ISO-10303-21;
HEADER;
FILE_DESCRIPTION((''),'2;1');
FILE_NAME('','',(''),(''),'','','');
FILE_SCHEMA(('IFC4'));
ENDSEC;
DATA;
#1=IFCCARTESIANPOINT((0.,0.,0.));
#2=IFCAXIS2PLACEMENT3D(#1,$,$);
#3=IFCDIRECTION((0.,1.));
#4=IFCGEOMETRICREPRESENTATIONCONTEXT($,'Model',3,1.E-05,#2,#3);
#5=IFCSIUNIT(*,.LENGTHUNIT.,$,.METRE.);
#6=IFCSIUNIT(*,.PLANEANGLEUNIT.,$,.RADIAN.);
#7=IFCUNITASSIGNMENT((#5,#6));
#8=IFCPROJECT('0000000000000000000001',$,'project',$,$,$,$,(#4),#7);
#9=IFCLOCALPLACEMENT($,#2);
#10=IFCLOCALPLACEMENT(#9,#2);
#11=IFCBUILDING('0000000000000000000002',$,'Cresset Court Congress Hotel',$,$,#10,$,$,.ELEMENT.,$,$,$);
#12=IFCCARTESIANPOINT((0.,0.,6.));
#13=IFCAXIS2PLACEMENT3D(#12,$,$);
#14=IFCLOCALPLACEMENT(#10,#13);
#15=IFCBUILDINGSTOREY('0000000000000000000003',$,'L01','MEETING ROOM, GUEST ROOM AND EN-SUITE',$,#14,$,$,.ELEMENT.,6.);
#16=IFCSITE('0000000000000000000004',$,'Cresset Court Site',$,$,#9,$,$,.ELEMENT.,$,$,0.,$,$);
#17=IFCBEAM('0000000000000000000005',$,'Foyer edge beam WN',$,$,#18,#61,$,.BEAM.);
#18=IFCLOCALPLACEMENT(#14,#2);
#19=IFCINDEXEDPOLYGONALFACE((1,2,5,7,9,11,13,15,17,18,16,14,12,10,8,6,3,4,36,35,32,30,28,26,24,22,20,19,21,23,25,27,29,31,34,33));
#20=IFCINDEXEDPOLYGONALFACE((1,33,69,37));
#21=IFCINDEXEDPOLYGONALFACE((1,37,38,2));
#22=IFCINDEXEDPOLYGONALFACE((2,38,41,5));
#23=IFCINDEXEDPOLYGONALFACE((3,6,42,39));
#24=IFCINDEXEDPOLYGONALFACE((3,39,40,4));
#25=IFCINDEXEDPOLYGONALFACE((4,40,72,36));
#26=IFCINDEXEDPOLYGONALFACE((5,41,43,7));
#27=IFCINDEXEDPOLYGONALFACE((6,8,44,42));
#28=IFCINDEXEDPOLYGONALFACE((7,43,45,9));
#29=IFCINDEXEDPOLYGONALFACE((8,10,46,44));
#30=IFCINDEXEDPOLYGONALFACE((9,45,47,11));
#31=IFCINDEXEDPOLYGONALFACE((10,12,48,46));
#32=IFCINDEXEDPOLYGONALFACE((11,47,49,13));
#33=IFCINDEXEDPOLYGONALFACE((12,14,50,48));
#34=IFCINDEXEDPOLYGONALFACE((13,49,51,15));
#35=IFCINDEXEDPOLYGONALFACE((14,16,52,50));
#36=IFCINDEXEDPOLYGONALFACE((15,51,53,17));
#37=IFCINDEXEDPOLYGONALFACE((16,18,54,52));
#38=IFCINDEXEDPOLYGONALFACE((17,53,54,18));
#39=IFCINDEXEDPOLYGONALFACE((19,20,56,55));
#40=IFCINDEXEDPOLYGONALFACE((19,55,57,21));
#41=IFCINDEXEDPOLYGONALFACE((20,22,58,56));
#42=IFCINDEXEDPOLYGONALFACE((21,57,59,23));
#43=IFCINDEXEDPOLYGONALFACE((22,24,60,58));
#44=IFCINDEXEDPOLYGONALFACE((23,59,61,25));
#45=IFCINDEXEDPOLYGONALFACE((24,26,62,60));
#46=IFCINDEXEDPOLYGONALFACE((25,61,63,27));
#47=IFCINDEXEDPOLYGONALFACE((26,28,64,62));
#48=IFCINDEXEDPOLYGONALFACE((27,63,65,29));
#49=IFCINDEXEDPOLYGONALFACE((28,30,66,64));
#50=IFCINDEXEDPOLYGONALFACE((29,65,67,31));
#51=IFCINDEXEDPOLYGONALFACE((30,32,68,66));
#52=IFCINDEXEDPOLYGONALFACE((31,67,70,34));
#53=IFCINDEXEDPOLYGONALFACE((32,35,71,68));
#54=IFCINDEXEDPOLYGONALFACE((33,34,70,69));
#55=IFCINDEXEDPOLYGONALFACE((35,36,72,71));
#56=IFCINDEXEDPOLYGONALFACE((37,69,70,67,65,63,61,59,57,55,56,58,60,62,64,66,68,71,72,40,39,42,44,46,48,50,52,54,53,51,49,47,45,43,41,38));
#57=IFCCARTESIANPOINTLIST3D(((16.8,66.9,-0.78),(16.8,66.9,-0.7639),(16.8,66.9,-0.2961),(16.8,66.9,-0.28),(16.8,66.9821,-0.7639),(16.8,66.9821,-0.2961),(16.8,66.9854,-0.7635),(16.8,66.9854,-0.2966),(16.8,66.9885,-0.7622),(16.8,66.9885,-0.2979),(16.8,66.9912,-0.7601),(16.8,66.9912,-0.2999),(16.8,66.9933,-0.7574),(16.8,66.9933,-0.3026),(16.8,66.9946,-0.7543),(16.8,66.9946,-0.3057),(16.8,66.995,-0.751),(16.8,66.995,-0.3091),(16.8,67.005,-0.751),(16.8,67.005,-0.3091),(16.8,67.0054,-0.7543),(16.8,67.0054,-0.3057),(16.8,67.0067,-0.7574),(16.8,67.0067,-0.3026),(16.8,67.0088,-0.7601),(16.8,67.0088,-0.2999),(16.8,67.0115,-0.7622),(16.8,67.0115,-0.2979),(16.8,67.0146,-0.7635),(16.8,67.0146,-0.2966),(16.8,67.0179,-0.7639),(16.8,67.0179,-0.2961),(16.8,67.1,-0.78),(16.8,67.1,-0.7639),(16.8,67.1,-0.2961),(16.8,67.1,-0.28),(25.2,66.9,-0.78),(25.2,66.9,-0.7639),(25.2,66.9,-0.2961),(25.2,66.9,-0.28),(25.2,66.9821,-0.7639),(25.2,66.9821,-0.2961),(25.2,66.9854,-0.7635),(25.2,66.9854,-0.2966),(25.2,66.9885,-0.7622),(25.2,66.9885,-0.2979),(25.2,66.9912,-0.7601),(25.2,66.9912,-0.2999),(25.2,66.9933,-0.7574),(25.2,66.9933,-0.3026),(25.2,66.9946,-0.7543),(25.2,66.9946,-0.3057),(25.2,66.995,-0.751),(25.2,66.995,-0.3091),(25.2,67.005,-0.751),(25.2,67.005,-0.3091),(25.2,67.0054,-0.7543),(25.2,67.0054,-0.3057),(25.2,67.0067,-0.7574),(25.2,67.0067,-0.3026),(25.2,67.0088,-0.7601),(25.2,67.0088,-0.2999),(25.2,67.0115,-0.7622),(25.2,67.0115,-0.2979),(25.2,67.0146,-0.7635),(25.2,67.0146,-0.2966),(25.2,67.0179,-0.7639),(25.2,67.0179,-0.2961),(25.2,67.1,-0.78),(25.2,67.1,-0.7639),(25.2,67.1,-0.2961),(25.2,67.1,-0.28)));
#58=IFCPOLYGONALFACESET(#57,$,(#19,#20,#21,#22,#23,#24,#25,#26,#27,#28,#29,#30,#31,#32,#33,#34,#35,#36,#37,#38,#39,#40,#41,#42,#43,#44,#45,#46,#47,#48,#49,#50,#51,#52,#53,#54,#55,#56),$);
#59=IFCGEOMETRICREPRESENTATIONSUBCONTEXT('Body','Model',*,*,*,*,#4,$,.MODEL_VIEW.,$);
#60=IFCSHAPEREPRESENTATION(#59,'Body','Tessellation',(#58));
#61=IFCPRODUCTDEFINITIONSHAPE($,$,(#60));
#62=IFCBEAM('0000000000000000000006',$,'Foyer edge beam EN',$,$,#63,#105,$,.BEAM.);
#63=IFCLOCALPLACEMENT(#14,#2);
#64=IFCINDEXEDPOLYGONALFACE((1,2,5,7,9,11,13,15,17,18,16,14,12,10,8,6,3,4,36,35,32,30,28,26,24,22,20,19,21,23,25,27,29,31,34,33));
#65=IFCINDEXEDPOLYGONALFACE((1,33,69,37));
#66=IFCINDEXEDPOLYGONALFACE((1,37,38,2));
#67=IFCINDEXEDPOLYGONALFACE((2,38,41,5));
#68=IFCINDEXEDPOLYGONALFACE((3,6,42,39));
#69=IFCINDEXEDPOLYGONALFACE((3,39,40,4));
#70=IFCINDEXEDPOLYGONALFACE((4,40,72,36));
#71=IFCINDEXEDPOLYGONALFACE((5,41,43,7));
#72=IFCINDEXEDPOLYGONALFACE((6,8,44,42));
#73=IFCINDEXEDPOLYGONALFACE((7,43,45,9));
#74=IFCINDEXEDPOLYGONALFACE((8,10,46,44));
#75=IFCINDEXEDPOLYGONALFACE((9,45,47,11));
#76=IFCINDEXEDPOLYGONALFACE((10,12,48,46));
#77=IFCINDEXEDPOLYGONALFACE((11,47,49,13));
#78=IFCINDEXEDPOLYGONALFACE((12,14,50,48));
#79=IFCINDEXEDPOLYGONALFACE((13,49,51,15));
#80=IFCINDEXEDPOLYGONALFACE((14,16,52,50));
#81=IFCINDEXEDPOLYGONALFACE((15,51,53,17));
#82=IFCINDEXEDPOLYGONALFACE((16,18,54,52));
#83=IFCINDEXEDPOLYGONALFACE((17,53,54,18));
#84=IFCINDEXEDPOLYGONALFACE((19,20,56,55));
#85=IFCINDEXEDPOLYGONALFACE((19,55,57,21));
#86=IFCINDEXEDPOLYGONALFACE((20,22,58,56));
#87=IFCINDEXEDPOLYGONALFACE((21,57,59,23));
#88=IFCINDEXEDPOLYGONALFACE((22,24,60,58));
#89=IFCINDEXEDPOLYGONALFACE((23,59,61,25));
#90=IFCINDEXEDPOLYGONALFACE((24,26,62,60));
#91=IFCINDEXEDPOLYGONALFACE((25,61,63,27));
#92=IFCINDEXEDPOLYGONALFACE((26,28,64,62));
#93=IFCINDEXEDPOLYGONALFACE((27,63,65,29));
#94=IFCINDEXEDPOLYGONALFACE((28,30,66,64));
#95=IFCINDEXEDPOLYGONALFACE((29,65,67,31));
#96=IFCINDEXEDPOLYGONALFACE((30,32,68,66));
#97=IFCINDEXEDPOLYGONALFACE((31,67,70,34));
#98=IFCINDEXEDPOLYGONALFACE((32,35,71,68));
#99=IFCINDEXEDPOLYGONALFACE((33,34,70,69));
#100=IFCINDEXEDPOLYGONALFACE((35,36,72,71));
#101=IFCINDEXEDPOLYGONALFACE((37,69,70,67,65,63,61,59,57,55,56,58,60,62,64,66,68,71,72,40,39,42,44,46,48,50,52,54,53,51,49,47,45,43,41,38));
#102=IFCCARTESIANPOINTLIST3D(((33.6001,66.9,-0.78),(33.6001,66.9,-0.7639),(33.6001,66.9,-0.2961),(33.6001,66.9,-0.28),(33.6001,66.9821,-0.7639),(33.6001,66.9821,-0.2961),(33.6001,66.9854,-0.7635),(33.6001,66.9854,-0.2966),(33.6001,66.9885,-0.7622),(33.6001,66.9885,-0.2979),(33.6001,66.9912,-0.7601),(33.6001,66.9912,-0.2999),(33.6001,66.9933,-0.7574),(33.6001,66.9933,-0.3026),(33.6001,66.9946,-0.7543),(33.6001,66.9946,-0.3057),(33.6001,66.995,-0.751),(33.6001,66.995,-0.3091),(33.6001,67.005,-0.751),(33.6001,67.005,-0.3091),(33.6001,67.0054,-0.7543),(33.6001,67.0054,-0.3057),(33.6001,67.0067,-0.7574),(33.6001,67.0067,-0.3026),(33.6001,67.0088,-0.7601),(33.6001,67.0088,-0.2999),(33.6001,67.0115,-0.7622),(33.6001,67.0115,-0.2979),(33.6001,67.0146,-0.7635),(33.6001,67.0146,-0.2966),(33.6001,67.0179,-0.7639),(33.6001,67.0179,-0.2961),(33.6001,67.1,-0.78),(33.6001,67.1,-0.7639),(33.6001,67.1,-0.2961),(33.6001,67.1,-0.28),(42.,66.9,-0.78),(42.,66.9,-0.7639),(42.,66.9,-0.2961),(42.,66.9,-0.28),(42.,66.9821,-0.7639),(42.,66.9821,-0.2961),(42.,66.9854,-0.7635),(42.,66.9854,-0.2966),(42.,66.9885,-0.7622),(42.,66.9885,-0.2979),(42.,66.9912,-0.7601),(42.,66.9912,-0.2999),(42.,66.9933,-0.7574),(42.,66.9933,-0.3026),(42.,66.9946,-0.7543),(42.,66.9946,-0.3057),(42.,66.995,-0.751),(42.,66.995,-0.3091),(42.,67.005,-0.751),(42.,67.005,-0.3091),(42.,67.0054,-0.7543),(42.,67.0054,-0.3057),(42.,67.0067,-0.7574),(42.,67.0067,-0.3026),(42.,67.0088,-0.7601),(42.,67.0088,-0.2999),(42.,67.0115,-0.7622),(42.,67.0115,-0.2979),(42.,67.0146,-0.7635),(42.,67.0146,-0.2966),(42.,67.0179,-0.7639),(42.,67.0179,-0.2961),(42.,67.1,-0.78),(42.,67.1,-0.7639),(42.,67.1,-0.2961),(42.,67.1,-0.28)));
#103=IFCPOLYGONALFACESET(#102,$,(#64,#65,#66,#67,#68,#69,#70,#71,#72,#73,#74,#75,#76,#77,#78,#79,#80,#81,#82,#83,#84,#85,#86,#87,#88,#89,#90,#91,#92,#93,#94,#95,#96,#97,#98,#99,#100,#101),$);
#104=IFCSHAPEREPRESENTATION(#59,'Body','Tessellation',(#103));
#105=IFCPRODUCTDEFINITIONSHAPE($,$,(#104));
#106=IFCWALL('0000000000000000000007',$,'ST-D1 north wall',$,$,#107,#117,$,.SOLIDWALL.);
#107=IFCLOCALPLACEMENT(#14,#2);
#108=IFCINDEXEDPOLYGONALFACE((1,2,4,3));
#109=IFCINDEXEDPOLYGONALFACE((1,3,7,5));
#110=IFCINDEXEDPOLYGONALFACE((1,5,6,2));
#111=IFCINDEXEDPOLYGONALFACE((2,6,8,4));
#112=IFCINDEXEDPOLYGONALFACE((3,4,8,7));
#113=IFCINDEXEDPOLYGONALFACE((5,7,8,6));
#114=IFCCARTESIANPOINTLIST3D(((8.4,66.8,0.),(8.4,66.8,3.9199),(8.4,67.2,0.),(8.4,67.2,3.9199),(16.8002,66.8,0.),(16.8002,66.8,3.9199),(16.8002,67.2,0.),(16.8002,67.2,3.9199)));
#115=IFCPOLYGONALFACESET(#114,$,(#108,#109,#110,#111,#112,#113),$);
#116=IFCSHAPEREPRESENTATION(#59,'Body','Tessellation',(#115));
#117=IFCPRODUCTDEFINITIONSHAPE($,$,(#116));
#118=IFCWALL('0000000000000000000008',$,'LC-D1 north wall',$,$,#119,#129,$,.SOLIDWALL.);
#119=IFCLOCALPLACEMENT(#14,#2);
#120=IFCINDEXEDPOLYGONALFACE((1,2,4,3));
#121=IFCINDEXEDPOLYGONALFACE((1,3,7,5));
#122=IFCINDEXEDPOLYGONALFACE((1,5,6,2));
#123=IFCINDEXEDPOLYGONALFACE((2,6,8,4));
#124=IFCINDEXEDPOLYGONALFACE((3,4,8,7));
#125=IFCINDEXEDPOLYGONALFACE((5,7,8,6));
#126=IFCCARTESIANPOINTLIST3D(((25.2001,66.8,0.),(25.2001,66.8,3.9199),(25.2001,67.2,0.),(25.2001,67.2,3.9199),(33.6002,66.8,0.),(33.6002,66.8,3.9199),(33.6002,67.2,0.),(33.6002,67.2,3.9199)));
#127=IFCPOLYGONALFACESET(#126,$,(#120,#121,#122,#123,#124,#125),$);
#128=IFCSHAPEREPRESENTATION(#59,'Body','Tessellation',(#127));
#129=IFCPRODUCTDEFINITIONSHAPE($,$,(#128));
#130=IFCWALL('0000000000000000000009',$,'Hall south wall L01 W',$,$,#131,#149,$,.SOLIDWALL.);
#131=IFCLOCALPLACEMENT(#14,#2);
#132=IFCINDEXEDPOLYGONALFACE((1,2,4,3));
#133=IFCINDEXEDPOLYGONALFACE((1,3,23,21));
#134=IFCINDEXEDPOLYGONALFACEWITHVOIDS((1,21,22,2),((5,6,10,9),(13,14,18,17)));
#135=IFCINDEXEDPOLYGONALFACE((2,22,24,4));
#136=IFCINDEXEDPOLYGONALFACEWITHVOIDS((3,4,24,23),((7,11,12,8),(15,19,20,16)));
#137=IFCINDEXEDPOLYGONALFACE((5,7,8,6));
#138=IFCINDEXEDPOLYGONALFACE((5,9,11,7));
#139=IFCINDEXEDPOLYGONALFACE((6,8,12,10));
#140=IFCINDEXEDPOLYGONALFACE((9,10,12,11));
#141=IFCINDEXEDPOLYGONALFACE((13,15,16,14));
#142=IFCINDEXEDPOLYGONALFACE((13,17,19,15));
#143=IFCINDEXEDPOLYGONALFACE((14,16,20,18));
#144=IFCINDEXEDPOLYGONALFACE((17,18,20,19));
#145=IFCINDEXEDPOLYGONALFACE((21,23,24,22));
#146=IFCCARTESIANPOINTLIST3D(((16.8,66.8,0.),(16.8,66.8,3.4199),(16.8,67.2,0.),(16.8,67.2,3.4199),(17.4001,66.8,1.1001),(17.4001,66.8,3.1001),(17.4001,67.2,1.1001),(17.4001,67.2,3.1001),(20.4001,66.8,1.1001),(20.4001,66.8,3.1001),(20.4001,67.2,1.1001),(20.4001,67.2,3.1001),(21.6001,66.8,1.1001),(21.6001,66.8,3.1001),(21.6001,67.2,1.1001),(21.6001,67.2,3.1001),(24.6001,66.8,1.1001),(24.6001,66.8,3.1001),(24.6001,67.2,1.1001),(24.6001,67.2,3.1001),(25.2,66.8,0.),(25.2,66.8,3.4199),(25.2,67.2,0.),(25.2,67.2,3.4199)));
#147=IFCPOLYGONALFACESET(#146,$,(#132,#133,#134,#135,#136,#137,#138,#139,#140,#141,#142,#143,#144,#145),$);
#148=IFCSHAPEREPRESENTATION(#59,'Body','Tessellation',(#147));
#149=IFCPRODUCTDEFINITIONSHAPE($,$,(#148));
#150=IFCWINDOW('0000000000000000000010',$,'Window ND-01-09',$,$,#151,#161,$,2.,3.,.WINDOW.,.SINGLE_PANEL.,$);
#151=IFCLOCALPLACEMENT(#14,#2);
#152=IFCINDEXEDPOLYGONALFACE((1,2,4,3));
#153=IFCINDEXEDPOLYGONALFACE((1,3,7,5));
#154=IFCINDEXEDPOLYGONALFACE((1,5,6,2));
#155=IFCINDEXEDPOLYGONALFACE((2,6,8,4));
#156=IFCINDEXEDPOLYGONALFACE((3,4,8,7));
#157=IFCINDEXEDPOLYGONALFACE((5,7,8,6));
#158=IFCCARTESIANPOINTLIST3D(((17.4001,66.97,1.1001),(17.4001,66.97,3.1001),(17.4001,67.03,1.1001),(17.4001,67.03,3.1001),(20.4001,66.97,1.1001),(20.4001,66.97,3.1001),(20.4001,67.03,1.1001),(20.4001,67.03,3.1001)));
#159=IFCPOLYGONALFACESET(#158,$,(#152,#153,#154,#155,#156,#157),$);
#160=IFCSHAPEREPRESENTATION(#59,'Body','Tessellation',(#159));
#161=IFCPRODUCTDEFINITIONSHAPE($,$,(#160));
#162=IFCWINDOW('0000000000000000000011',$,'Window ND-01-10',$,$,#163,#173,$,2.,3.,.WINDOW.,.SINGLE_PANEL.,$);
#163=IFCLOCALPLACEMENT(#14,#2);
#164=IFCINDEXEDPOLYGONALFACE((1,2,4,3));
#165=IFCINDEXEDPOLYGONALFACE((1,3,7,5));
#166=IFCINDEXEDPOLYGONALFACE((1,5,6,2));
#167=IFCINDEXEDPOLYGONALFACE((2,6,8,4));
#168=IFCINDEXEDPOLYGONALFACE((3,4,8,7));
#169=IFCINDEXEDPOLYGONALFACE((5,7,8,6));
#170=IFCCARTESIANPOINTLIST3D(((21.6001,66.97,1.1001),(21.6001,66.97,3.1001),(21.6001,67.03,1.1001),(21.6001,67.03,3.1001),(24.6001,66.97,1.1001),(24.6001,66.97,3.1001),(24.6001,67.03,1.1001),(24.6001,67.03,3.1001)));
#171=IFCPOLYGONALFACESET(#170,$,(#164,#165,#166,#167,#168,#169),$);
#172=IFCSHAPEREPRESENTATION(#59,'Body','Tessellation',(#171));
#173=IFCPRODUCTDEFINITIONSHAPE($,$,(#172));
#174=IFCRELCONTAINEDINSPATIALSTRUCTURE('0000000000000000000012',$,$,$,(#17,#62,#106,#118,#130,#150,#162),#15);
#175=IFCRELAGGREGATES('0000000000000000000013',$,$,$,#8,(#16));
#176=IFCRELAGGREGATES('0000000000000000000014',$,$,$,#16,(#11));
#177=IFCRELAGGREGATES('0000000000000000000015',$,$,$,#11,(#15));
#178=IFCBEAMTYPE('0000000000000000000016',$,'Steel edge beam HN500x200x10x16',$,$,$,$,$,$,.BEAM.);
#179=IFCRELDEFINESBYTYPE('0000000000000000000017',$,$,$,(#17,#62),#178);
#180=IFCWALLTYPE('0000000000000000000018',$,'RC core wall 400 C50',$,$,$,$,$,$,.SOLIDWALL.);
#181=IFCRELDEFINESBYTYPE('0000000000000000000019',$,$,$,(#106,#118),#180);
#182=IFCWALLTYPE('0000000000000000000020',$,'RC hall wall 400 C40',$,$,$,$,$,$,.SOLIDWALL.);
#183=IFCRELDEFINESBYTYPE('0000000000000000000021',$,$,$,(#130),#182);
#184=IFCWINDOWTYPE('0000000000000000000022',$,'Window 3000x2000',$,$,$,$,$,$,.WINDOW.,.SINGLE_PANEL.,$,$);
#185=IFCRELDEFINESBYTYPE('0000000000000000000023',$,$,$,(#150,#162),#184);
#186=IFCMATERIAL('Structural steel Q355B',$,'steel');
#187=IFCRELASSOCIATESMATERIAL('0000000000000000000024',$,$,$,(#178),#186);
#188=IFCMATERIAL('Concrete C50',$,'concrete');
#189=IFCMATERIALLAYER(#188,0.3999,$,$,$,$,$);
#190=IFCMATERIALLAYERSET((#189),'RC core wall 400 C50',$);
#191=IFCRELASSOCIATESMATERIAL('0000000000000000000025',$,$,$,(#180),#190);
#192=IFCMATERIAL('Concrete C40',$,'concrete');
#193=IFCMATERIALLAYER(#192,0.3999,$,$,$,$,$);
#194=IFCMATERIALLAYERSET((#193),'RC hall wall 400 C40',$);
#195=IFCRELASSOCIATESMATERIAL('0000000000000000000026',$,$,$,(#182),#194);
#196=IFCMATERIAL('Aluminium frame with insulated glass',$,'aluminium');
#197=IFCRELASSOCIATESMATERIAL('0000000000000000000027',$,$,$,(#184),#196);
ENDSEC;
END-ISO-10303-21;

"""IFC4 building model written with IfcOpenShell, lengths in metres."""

from ifc_helpers import new_model, si_unit, direction, frame, frame_2d, origin, origin_2d, place, context, subcontext, project, spatial, rectangle, i_section, extrude, material, layer, layer_set, material_profile, profile_set, type_object, element, fill, save


model = new_model("IFC4")

# Units and contexts
model_context = context("Model", 3, precision=1e-05, world=origin(), true_north=direction((0.0, 1.0)))
body_context = subcontext(model_context, "Body", "Model", "MODEL_VIEW")
ifc_project = project(units=[si_unit("LENGTHUNIT", "METRE"), si_unit("PLANEANGLEUNIT", "RADIAN")], contexts=[model_context])

# Site, building, storey
site_placement = place(None, origin())
site = spatial("IfcSite", under=ifc_project, at=site_placement, Name="Cresset Court Site", CompositionType="ELEMENT", RefElevation=0.0)
building_placement = place(site_placement, origin())
building = spatial("IfcBuilding", under=site, at=building_placement, Name="Cresset Court Congress Hotel", CompositionType="ELEMENT")
storey_placement = place(building_placement, frame((0.0, 0.0, 6.0)))
storey = spatial("IfcBuildingStorey", under=building, at=storey_placement, Name="L01", Description="MEETING ROOM, GUEST ROOM AND EN-SUITE", CompositionType="ELEMENT", Elevation=6.0)

# Beams
ifc_material_1 = material(Name="Structural steel Q355B", Category="steel")
ifc_material_profile_1 = material_profile(ifc_material_1, i_section(OverallWidth=0.2, OverallDepth=0.5, WebThickness=0.01, FlangeThickness=0.0161, FilletRadius=0.0129, at=origin_2d()), Name="HN500x200x10x16")
ifc_profile_set_1 = profile_set([ifc_material_profile_1], Name="Structural steel Q355B")
beam_type = type_object("IfcBeamType", Name="Steel edge beam HN500x200x10x16", PredefinedType="BEAM", material=ifc_profile_set_1)
for number, where, z_axis, x_axis, name in (
    (1, (16.8, 67.0, -0.53), (1.0, 0.0, 0.0), (0.0, 1.0, 0.0), "Foyer edge beam WN"),
    (2, (33.6001, 67.0, -0.53), (1.0, 0.0, 0.0), (0.0, 1.0, 0.0), "Foyer edge beam EN"),
):
    element("IfcBeam", number, at=place(storey_placement, frame(where, z_axis=z_axis, x_axis=x_axis)), inside=storey, type_object=beam_type, Name=name, PredefinedType="BEAM", context=body_context, shape_type="SweptSolid", body=[
        extrude(i_section(OverallWidth=0.2, OverallDepth=0.5, WebThickness=0.01, FlangeThickness=0.0161, FilletRadius=0.0129, at=origin_2d()), origin(), (0.0, 0.0, 1.0), 8.3999),
    ])

# Walls
ifc_material_2 = material(Name="Concrete C50", Category="concrete")
ifc_layer_1 = layer(ifc_material_2, 0.3999)
ifc_layer_set_1 = layer_set([ifc_layer_1], Name="RC core wall 400 C50")
wall_type_1 = type_object("IfcWallType", Name="RC core wall 400 C50", PredefinedType="SOLIDWALL", material=ifc_layer_set_1)
for number, where, z_axis, x_axis, name in (
    (3, (8.3999, 67.0, 0.0), (0.0, 0.0, 1.0), (1.0, 0.0, 0.0), "ST-D1 north wall"),
    (4, (25.2, 67.0, 0.0), (0.0, 0.0, 1.0), (1.0, 0.0, 0.0), "LC-D1 north wall"),
):
    element("IfcWall", number, at=place(storey_placement, frame(where, z_axis=z_axis, x_axis=x_axis)), inside=storey, type_object=wall_type_1, Name=name, PredefinedType="SOLIDWALL", context=body_context, shape_type="SweptSolid", body=[
        extrude(rectangle(XDim=8.4001, YDim=0.3999, at=frame_2d((4.2002, 0.0))), origin(), (0.0, 0.0, 1.0), 3.9199),
    ])

# Wall, openings, windows
ifc_material_3 = material(Name="Concrete C40", Category="concrete")
ifc_layer_2 = layer(ifc_material_3, 0.3999)
ifc_layer_set_2 = layer_set([ifc_layer_2], Name="RC hall wall 400 C40")
wall_type_2 = type_object("IfcWallType", Name="RC hall wall 400 C40", PredefinedType="SOLIDWALL", material=ifc_layer_set_2)
wall_1_placement = place(storey_placement, frame((16.8, 67.0, 0.0), z_axis=(0.0, 0.0, 1.0), x_axis=(1.0, 0.0, 0.0)))
wall_1 = element("IfcWall", 5, at=wall_1_placement, inside=storey, type_object=wall_type_2, Name="Hall south wall L01 W", PredefinedType="SOLIDWALL", context=body_context, shape_type="SweptSolid", body=[
    extrude(rectangle(XDim=8.3999, YDim=0.3999, at=frame_2d((4.2, 0.0))), origin(), (0.0, 0.0, 1.0), 3.4199),
])
opening_1_placement = place(wall_1_placement, frame((0.6001, 0.0, 1.1001)))
opening_1 = element("IfcOpeningElement", 6, at=opening_1_placement, cuts=wall_1, PredefinedType="OPENING", context=body_context, shape_type="SweptSolid", body=[
    extrude(rectangle(XDim=3.0, YDim=2.0, at=frame_2d((1.5, 1.0))), frame((0.0, 0.21, 0.0), z_axis=(0.0, -1.0, 0.0), x_axis=(1.0, 0.0, 0.0)), (0.0, 0.0, 1.0), 0.4199),
])
opening_2_placement = place(wall_1_placement, frame((4.8, 0.0, 1.1001)))
opening_2 = element("IfcOpeningElement", 7, at=opening_2_placement, cuts=wall_1, PredefinedType="OPENING", context=body_context, shape_type="SweptSolid", body=[
    extrude(rectangle(XDim=3.0, YDim=2.0, at=frame_2d((1.5, 1.0))), frame((0.0, 0.21, 0.0), z_axis=(0.0, -1.0, 0.0), x_axis=(1.0, 0.0, 0.0)), (0.0, 0.0, 1.0), 0.4199),
])
ifc_material_4 = material(Name="Aluminium frame with insulated glass", Category="aluminium")
window_type = type_object("IfcWindowType", Name="Window 3000x2000", PartitioningType="SINGLE_PANEL", PredefinedType="WINDOW", material=ifc_material_4)
window_1_placement = place(opening_1_placement, origin())
window_1 = element("IfcWindow", 8, at=window_1_placement, inside=storey, type_object=window_type, Name="Window ND-01-09", OverallHeight=2.0, OverallWidth=3.0, PartitioningType="SINGLE_PANEL", PredefinedType="WINDOW", context=body_context, shape_type="SweptSolid", body=[
    extrude(rectangle(XDim=3.0, YDim=2.0, at=frame_2d((1.5, 1.0))), frame((0.0, 0.03, 0.0), z_axis=(0.0, -1.0, 0.0), x_axis=(1.0, 0.0, 0.0)), (0.0, 0.0, 1.0), 0.0601),
])
fill(opening_1, window_1)
window_2_placement = place(opening_2_placement, origin())
window_2 = element("IfcWindow", 9, at=window_2_placement, inside=storey, type_object=window_type, Name="Window ND-01-10", OverallHeight=2.0, OverallWidth=3.0, PartitioningType="SINGLE_PANEL", PredefinedType="WINDOW", context=body_context, shape_type="SweptSolid", body=[
    extrude(rectangle(XDim=3.0, YDim=2.0, at=frame_2d((1.5, 1.0))), frame((0.0, 0.03, 0.0), z_axis=(0.0, -1.0, 0.0), x_axis=(1.0, 0.0, 0.0)), (0.0, 0.0, 1.0), 0.0601),
])
fill(opening_2, window_2)

save(model, "model.ifc")
